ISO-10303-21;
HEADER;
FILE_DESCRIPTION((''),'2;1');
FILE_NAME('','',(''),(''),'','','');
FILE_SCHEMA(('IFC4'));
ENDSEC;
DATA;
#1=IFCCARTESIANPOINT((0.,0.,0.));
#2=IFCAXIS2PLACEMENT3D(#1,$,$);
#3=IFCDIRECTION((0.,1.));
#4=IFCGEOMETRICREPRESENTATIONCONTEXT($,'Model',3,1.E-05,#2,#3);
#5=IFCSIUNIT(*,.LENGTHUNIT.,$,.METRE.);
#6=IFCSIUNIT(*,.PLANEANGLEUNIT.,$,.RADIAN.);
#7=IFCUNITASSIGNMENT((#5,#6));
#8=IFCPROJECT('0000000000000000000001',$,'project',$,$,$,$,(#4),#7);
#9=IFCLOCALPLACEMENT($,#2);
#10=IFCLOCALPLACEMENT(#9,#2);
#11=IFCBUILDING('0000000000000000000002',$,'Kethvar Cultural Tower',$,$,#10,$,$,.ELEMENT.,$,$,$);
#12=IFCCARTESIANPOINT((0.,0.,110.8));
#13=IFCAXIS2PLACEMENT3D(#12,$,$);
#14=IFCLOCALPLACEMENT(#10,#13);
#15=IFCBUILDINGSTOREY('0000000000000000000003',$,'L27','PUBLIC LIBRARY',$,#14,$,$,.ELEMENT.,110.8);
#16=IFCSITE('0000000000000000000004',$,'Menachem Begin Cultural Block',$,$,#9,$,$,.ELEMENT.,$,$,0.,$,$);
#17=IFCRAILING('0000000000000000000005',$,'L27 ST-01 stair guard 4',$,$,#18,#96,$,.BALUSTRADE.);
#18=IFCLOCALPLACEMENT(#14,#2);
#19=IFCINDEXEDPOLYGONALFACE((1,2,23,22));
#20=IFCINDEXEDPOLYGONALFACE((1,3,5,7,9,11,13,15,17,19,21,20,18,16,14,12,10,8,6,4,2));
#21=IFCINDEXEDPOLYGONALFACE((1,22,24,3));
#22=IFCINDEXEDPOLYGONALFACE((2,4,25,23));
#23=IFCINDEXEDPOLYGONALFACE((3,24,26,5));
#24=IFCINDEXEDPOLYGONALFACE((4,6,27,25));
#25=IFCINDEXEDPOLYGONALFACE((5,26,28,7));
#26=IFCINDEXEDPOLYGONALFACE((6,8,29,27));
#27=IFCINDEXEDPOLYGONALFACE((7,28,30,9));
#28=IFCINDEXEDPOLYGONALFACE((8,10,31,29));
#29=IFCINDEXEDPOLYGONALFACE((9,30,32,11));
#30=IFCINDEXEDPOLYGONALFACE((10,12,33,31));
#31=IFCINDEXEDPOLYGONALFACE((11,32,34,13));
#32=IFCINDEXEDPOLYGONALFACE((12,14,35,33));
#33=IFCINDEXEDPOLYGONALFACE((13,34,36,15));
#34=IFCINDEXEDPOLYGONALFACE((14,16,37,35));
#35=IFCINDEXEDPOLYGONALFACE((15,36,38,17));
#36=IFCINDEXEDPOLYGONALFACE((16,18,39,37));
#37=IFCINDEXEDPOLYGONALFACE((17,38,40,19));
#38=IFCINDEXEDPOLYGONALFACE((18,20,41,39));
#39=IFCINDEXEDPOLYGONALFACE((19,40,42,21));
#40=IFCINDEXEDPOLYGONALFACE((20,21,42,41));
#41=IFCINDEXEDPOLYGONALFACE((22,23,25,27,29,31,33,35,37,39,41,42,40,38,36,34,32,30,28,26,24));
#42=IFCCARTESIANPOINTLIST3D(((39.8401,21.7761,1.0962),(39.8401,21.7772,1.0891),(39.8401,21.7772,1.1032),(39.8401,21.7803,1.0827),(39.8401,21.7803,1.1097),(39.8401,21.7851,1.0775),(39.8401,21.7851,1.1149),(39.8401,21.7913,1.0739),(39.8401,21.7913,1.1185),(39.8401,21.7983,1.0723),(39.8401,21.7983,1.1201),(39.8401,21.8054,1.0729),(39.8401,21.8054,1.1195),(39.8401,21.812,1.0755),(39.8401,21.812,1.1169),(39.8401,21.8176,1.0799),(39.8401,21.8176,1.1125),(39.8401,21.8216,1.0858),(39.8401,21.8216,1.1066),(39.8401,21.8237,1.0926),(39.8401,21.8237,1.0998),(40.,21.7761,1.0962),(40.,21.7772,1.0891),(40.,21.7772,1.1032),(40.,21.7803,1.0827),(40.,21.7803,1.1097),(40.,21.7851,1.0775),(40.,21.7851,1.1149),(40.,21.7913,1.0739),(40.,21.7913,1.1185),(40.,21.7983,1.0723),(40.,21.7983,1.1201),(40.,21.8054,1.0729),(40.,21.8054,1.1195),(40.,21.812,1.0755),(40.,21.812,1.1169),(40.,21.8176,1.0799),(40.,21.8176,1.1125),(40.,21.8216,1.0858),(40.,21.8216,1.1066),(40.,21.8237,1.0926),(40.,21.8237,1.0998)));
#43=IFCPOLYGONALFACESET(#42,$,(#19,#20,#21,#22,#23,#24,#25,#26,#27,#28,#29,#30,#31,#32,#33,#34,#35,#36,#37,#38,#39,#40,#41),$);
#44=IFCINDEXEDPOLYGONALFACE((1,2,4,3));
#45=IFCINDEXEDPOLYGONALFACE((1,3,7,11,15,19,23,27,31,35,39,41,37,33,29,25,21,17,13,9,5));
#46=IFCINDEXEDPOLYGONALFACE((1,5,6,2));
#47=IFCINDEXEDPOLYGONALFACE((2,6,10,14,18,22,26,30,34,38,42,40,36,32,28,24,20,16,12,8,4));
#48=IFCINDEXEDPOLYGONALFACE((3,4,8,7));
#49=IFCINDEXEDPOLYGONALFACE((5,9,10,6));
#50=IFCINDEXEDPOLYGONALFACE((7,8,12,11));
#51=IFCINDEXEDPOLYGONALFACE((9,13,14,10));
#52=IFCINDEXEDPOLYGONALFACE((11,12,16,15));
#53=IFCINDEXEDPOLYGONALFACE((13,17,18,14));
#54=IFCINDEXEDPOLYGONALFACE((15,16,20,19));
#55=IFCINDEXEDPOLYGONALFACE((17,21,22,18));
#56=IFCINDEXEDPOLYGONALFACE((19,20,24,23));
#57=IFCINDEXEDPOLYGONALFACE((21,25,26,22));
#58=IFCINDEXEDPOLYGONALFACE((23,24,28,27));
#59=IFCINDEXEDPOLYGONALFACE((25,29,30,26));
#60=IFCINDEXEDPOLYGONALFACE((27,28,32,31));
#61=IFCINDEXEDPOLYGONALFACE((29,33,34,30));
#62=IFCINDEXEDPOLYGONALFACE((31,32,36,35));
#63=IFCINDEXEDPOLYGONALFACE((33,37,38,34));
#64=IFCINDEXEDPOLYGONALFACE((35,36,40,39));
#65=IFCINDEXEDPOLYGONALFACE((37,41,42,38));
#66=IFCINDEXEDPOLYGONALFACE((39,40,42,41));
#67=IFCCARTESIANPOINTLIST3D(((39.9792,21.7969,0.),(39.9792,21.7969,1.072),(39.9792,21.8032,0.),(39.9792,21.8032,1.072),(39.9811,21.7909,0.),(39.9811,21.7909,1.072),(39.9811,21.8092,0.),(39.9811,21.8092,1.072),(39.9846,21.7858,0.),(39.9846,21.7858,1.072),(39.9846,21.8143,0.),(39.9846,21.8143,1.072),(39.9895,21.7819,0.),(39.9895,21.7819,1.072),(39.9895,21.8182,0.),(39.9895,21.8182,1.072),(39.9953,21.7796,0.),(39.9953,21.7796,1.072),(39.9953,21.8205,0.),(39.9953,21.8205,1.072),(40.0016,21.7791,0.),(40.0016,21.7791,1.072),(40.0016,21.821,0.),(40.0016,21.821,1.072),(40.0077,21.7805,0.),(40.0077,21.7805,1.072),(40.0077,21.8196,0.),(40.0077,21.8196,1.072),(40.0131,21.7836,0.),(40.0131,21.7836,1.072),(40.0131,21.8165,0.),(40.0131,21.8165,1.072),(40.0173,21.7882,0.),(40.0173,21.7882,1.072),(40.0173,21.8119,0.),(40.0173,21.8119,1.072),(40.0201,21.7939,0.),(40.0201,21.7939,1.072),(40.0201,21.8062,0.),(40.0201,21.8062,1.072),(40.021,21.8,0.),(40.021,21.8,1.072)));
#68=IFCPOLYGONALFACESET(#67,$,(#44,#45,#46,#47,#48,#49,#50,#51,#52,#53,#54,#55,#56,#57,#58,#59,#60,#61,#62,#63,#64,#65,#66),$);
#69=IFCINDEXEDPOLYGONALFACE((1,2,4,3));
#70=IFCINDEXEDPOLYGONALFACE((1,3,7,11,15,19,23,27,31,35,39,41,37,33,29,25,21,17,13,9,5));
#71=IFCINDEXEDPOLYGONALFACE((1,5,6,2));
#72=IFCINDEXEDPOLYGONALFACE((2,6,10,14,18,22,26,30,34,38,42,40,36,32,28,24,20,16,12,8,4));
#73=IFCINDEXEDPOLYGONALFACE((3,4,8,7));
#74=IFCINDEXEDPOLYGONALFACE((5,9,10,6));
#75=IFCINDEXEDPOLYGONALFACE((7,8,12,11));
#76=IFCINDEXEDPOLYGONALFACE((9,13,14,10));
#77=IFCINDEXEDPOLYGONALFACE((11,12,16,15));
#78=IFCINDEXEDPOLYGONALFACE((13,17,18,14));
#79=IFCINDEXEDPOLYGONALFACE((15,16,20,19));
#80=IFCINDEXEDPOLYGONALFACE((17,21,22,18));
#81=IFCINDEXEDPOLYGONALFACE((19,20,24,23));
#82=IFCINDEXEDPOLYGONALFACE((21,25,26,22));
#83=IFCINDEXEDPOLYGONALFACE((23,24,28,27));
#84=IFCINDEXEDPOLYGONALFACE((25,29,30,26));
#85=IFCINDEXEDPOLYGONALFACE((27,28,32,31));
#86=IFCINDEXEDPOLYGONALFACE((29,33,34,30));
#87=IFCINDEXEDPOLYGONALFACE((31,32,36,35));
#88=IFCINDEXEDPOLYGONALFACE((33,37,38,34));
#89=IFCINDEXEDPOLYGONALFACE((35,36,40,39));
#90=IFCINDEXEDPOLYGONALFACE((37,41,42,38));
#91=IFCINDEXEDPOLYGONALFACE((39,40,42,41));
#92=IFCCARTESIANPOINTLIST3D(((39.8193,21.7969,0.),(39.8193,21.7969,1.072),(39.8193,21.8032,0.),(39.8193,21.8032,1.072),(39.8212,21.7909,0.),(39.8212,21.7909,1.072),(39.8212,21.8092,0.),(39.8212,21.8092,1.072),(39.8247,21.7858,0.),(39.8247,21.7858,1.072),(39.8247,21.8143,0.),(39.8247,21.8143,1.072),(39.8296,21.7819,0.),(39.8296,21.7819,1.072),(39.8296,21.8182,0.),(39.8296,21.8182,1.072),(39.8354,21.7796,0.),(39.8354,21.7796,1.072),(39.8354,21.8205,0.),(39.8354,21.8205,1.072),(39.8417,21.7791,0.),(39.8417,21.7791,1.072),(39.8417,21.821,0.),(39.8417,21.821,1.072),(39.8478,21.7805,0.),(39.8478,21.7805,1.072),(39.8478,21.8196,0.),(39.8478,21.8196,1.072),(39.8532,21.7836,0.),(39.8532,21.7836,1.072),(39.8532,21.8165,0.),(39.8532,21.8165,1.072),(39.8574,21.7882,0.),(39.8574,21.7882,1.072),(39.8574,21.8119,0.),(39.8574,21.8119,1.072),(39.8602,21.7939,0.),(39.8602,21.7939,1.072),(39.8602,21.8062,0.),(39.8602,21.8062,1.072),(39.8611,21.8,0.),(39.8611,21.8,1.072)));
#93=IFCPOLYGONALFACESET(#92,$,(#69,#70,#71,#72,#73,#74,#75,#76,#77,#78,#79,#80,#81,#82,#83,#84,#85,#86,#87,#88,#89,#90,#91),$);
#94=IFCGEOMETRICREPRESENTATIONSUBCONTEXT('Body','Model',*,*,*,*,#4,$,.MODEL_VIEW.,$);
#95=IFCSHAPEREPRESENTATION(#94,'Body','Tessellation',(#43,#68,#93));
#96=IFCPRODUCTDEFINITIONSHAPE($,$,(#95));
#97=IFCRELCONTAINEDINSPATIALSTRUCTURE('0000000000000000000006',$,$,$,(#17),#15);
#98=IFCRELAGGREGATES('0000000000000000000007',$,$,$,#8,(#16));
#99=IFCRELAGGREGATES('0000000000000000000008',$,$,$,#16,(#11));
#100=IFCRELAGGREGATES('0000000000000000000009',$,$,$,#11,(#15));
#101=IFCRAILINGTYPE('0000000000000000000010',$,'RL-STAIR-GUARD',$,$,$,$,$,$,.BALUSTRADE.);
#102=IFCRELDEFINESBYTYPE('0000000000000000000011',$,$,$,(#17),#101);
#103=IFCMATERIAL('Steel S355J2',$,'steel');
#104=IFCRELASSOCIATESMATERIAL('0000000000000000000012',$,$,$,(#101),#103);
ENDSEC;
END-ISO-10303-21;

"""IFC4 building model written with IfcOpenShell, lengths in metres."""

from ifc_helpers import new_model, si_unit, direction, frame, origin, origin_2d, place, context, subcontext, project, spatial, circle, extrude, material, type_object, element, save


model = new_model("IFC4")

# Units and contexts
model_context = context("Model", 3, precision=1e-05, world=origin(), true_north=direction((0.0, 1.0)))
body_context = subcontext(model_context, "Body", "Model", "MODEL_VIEW")
ifc_project = project(units=[si_unit("LENGTHUNIT", "METRE"), si_unit("PLANEANGLEUNIT", "RADIAN")], contexts=[model_context])

# Site, building, storey
site_placement = place(None, origin())
site = spatial("IfcSite", under=ifc_project, at=site_placement, Name="Menachem Begin Cultural Block", CompositionType="ELEMENT", RefElevation=0.0)
building_placement = place(site_placement, origin())
building = spatial("IfcBuilding", under=site, at=building_placement, Name="Kethvar Cultural Tower", CompositionType="ELEMENT")
storey_placement = place(building_placement, frame((0.0, 0.0, 110.8)))
storey = spatial("IfcBuildingStorey", under=building, at=storey_placement, Name="L27", Description="PUBLIC LIBRARY", CompositionType="ELEMENT", Elevation=110.8)

# Shared definitions
ifc_material_1 = material(Name="Steel S355J2", Category="steel")

# Railing
railing_type_1 = type_object("IfcRailingType", Name="RL-STAIR-GUARD", PredefinedType="BALUSTRADE", material=ifc_material_1)
railing_1_placement = place(storey_placement, frame((40.0, 21.8, 0.0)))
element("IfcRailing", 1, at=railing_1_placement, inside=storey, type_object=railing_type_1, Name="L27 ST-01 stair guard 4", PredefinedType="BALUSTRADE", context=body_context, shape_type="SweptSolid", body=[
    extrude(circle(Radius=0.0239, at=origin_2d()), frame((0.0, 0.0, 1.0962), z_axis=(-1.0, 0.0, 0.0), x_axis=(0.0, -1.0, 0.0)), (0.0, 0.0, 1.0), 0.1599),
    extrude(circle(Radius=0.021, at=origin_2d()), origin(), (0.0, 0.0, 1.0), 1.072),
    extrude(circle(Radius=0.021, at=origin_2d()), frame((-0.1599, 0.0, 0.0)), (0.0, 0.0, 1.0), 1.072),
])

save(model, "model.ifc")
